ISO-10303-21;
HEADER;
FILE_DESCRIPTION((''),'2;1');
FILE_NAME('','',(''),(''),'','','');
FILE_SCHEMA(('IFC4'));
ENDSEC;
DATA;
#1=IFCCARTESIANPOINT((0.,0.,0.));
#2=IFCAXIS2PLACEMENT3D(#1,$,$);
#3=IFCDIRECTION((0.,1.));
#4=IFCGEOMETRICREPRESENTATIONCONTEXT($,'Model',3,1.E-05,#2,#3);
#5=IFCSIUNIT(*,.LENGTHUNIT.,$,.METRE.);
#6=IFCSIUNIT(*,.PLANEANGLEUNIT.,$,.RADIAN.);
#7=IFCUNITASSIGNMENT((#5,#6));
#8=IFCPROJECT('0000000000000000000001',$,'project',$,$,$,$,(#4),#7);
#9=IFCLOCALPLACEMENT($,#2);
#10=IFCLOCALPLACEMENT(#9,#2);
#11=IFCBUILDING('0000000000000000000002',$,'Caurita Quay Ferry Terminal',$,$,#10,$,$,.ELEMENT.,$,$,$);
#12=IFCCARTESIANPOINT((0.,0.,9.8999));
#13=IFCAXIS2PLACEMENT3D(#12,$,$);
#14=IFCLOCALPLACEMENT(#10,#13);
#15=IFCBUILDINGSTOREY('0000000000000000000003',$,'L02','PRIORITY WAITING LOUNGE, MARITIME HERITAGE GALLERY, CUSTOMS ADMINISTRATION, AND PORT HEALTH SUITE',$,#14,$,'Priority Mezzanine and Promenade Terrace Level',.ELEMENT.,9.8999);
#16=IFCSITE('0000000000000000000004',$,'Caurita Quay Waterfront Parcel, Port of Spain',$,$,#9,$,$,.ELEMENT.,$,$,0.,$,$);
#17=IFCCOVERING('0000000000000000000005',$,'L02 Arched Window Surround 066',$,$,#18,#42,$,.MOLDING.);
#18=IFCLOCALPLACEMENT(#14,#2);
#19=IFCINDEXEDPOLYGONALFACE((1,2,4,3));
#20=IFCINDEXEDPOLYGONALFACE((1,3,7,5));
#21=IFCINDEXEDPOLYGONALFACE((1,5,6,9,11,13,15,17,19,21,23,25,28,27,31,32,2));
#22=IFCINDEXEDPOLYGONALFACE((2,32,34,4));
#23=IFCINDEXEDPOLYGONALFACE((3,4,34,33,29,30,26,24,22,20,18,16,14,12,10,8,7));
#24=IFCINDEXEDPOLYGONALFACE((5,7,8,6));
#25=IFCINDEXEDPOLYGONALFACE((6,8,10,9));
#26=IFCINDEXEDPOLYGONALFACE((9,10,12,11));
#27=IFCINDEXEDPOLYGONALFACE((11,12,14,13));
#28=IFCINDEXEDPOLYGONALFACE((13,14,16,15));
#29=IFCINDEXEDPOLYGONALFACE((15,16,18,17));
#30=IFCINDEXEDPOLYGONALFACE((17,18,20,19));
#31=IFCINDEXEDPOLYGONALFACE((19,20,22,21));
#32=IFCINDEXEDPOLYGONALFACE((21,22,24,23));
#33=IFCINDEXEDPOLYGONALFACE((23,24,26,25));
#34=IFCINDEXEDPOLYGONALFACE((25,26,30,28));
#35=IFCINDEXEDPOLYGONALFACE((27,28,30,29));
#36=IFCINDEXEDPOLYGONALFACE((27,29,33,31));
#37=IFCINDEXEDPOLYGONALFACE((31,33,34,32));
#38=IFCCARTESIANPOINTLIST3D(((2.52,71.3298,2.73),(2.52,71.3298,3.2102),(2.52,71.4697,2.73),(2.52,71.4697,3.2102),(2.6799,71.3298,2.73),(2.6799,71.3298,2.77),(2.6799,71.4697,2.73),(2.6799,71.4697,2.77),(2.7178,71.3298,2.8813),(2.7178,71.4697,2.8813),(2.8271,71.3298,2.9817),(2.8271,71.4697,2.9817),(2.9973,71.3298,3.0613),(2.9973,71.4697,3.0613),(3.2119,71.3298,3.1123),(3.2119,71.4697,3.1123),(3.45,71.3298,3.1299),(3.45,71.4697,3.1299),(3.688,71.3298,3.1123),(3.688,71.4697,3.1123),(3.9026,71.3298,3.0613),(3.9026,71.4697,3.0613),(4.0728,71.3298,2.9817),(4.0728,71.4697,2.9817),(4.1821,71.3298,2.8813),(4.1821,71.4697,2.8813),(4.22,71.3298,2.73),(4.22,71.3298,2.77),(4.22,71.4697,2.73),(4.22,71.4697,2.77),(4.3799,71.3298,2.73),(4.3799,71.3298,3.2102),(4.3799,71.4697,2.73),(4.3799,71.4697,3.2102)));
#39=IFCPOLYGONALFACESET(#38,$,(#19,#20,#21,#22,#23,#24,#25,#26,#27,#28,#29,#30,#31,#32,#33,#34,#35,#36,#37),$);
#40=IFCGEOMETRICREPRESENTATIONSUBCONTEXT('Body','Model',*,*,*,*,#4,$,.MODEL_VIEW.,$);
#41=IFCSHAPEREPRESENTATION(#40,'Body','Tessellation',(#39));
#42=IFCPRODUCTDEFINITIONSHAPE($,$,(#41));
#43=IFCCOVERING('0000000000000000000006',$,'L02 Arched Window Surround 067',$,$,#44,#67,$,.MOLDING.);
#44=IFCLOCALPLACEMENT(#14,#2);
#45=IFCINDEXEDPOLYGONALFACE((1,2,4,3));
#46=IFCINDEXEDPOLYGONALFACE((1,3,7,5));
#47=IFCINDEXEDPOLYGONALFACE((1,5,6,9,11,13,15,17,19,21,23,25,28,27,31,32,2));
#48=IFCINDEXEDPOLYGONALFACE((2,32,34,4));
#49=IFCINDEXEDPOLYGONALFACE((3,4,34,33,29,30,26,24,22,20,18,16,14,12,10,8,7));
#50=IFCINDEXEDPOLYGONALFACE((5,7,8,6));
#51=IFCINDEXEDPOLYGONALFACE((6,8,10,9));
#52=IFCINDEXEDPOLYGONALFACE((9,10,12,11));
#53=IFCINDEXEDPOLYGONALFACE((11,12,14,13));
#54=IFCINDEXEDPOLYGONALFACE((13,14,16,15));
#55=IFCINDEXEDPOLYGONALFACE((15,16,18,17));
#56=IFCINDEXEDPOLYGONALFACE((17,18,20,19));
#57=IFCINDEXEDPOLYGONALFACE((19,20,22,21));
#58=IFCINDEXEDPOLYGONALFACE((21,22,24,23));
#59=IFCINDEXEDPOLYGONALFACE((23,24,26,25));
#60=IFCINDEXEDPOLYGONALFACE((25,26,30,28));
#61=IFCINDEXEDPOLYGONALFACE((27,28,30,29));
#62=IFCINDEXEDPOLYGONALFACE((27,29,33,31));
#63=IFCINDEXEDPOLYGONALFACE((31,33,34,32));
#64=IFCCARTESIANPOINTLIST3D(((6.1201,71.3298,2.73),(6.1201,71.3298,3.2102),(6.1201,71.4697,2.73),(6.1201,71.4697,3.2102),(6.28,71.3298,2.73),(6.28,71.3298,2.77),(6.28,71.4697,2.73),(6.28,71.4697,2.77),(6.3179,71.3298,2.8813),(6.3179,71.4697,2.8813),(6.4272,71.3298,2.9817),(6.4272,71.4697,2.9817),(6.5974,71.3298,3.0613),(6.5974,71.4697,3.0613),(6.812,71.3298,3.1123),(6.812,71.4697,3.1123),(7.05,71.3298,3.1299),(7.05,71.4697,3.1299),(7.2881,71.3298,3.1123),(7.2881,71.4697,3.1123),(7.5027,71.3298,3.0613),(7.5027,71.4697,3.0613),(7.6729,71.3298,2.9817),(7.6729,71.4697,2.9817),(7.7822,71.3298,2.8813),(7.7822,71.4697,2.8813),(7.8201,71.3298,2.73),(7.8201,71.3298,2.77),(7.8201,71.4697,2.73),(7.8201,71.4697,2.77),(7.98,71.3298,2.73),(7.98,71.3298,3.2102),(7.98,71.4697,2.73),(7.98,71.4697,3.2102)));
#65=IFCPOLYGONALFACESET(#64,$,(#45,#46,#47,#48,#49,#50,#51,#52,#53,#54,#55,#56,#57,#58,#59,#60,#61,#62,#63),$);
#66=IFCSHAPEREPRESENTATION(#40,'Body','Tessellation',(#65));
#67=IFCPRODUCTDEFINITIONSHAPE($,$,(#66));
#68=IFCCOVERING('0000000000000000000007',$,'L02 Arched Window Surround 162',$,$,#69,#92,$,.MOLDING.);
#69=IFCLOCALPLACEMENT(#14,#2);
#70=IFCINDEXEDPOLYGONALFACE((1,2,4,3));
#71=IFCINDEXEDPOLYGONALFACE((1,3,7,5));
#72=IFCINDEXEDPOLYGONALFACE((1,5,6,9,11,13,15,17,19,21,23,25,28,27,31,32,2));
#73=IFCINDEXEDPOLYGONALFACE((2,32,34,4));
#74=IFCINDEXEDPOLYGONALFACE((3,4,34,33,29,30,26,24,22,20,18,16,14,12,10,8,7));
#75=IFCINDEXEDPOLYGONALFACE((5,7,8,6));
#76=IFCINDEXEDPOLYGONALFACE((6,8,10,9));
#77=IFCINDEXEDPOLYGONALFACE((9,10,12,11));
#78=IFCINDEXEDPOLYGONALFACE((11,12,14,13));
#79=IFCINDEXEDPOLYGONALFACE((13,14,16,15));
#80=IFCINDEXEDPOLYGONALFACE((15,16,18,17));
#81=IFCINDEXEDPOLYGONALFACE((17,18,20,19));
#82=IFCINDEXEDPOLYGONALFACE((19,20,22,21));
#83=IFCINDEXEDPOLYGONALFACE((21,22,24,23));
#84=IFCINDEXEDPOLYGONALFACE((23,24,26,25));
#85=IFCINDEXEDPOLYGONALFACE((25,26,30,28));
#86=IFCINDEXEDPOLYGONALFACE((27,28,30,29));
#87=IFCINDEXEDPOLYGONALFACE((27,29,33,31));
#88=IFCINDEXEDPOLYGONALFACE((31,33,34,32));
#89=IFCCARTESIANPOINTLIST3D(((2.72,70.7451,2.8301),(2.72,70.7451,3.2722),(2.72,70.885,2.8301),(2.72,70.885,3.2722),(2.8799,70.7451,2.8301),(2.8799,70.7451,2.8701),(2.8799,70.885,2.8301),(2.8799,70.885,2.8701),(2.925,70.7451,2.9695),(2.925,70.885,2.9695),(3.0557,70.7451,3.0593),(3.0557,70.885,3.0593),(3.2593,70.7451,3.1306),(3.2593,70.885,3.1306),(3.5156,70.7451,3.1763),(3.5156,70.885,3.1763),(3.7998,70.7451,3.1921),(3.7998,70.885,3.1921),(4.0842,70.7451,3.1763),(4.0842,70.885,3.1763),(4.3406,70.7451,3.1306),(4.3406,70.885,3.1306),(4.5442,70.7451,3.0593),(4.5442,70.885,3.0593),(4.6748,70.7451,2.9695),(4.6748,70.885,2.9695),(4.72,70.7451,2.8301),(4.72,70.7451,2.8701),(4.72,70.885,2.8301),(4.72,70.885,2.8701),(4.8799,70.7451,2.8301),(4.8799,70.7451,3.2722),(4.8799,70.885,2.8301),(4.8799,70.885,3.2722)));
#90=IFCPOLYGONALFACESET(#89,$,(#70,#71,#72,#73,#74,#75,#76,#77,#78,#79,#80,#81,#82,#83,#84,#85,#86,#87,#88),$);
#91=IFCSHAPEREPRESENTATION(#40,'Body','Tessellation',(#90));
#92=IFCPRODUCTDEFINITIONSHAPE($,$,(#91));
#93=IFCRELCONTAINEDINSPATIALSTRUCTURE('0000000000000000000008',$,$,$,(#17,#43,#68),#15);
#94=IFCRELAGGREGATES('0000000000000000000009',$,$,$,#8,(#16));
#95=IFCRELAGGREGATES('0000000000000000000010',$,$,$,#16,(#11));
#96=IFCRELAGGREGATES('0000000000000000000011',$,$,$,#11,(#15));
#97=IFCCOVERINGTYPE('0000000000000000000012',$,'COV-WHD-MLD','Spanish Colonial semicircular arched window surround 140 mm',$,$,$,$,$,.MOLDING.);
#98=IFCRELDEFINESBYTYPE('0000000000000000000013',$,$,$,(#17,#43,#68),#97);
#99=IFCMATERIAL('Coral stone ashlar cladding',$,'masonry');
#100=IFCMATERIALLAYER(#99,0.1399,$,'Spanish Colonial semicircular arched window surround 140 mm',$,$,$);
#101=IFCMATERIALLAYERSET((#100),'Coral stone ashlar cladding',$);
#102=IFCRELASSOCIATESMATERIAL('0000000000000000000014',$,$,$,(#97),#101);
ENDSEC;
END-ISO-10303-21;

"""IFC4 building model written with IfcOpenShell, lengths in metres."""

from ifc_helpers import new_model, si_unit, direction, frame, origin, place, context, subcontext, project, spatial, polyline, outline, extrude, material, layer, layer_set, type_object, element, save


model = new_model("IFC4")

# Units and contexts
model_context = context("Model", 3, precision=1e-05, world=origin(), true_north=direction((0.0, 1.0)))
body_context = subcontext(model_context, "Body", "Model", "MODEL_VIEW")
ifc_project = project(units=[si_unit("LENGTHUNIT", "METRE"), si_unit("PLANEANGLEUNIT", "RADIAN")], contexts=[model_context])

# Site, building, storey
site_placement = place(None, origin())
site = spatial("IfcSite", under=ifc_project, at=site_placement, Name="Caurita Quay Waterfront Parcel, Port of Spain", CompositionType="ELEMENT", RefElevation=0.0)
building_placement = place(site_placement, origin())
building = spatial("IfcBuilding", under=site, at=building_placement, Name="Caurita Quay Ferry Terminal", CompositionType="ELEMENT")
storey_placement = place(building_placement, frame((0.0, 0.0, 9.8999)))
storey = spatial("IfcBuildingStorey", under=building, at=storey_placement, Name="L02", Description="PRIORITY WAITING LOUNGE, MARITIME HERITAGE GALLERY, CUSTOMS ADMINISTRATION, AND PORT HEALTH SUITE", LongName="Priority Mezzanine and Promenade Terrace Level", CompositionType="ELEMENT", Elevation=9.8999)

# Coverings
ifc_material_1 = material(Name="Coral stone ashlar cladding", Category="masonry")
ifc_layer_1 = layer(ifc_material_1, 0.1399, Name="Spanish Colonial semicircular arched window surround 140 mm")
ifc_layer_set_1 = layer_set([ifc_layer_1], Name="Coral stone ashlar cladding")
covering_type_1 = type_object("IfcCoveringType", Name="COV-WHD-MLD", Description="Spanish Colonial semicircular arched window surround 140 mm", PredefinedType="MOLDING", material=ifc_layer_set_1)
for number, where, z_axis, x_axis, name in (
    (1, (2.52, 71.3999, 2.73), (0.0, 0.0, 1.0), (1.0, 0.0, 0.0), "L02 Arched Window Surround 066"),
    (2, (6.1201, 71.3999, 2.73), (0.0, 0.0, 1.0), (1.0, 0.0, 0.0), "L02 Arched Window Surround 067"),
):
    element("IfcCovering", number, at=place(storey_placement, frame(where, z_axis=z_axis, x_axis=x_axis)), inside=storey, type_object=covering_type_1, Name=name, PredefinedType="MOLDING", context=body_context, shape_type="SweptSolid", body=[
        extrude(outline(polyline([(0.0, 0.0), (0.1599, 0.0), (0.1599, 0.04), (0.1978, 0.1514), (0.3071, 0.2517), (0.4773, 0.3313), (0.6919, 0.3823), (0.9299, 0.3999), (1.168, 0.3823), (1.3826, 0.3313), (1.5527, 0.2517), (1.6621, 0.1514), (1.7, 0.04), (1.7, 0.0), (1.8599, 0.0), (1.8599, 0.4802), (0.0, 0.4802), (0.0, 0.0)])), frame((0.0, 0.0698, 0.0), z_axis=(0.0, -1.0, 0.0), x_axis=(1.0, 0.0, 0.0)), (0.0, 0.0, 1.0), 0.1399),
    ])
covering_1_placement = place(storey_placement, frame((4.8799, 70.8149, 2.8301), z_axis=(0.0, 0.0, 1.0), x_axis=(-1.0, 0.0, 0.0)))
element("IfcCovering", 3, at=covering_1_placement, inside=storey, type_object=covering_type_1, Name="L02 Arched Window Surround 162", PredefinedType="MOLDING", context=body_context, shape_type="SweptSolid", body=[
    extrude(outline(polyline([(0.0, 0.0), (0.1599, 0.0), (0.1599, 0.04), (0.2051, 0.1394), (0.3357, 0.2292), (0.5393, 0.3005), (0.7957, 0.3462), (1.0801, 0.3621), (1.3643, 0.3462), (1.6206, 0.3005), (1.8242, 0.2292), (1.9548, 0.1394), (2.0, 0.04), (2.0, 0.0), (2.1599, 0.0), (2.1599, 0.4421), (0.0, 0.4421), (0.0, 0.0)])), frame((0.0, 0.0698, 0.0), z_axis=(0.0, -1.0, 0.0), x_axis=(1.0, 0.0, 0.0)), (0.0, 0.0, 1.0), 0.1399),
])

save(model, "model.ifc")
